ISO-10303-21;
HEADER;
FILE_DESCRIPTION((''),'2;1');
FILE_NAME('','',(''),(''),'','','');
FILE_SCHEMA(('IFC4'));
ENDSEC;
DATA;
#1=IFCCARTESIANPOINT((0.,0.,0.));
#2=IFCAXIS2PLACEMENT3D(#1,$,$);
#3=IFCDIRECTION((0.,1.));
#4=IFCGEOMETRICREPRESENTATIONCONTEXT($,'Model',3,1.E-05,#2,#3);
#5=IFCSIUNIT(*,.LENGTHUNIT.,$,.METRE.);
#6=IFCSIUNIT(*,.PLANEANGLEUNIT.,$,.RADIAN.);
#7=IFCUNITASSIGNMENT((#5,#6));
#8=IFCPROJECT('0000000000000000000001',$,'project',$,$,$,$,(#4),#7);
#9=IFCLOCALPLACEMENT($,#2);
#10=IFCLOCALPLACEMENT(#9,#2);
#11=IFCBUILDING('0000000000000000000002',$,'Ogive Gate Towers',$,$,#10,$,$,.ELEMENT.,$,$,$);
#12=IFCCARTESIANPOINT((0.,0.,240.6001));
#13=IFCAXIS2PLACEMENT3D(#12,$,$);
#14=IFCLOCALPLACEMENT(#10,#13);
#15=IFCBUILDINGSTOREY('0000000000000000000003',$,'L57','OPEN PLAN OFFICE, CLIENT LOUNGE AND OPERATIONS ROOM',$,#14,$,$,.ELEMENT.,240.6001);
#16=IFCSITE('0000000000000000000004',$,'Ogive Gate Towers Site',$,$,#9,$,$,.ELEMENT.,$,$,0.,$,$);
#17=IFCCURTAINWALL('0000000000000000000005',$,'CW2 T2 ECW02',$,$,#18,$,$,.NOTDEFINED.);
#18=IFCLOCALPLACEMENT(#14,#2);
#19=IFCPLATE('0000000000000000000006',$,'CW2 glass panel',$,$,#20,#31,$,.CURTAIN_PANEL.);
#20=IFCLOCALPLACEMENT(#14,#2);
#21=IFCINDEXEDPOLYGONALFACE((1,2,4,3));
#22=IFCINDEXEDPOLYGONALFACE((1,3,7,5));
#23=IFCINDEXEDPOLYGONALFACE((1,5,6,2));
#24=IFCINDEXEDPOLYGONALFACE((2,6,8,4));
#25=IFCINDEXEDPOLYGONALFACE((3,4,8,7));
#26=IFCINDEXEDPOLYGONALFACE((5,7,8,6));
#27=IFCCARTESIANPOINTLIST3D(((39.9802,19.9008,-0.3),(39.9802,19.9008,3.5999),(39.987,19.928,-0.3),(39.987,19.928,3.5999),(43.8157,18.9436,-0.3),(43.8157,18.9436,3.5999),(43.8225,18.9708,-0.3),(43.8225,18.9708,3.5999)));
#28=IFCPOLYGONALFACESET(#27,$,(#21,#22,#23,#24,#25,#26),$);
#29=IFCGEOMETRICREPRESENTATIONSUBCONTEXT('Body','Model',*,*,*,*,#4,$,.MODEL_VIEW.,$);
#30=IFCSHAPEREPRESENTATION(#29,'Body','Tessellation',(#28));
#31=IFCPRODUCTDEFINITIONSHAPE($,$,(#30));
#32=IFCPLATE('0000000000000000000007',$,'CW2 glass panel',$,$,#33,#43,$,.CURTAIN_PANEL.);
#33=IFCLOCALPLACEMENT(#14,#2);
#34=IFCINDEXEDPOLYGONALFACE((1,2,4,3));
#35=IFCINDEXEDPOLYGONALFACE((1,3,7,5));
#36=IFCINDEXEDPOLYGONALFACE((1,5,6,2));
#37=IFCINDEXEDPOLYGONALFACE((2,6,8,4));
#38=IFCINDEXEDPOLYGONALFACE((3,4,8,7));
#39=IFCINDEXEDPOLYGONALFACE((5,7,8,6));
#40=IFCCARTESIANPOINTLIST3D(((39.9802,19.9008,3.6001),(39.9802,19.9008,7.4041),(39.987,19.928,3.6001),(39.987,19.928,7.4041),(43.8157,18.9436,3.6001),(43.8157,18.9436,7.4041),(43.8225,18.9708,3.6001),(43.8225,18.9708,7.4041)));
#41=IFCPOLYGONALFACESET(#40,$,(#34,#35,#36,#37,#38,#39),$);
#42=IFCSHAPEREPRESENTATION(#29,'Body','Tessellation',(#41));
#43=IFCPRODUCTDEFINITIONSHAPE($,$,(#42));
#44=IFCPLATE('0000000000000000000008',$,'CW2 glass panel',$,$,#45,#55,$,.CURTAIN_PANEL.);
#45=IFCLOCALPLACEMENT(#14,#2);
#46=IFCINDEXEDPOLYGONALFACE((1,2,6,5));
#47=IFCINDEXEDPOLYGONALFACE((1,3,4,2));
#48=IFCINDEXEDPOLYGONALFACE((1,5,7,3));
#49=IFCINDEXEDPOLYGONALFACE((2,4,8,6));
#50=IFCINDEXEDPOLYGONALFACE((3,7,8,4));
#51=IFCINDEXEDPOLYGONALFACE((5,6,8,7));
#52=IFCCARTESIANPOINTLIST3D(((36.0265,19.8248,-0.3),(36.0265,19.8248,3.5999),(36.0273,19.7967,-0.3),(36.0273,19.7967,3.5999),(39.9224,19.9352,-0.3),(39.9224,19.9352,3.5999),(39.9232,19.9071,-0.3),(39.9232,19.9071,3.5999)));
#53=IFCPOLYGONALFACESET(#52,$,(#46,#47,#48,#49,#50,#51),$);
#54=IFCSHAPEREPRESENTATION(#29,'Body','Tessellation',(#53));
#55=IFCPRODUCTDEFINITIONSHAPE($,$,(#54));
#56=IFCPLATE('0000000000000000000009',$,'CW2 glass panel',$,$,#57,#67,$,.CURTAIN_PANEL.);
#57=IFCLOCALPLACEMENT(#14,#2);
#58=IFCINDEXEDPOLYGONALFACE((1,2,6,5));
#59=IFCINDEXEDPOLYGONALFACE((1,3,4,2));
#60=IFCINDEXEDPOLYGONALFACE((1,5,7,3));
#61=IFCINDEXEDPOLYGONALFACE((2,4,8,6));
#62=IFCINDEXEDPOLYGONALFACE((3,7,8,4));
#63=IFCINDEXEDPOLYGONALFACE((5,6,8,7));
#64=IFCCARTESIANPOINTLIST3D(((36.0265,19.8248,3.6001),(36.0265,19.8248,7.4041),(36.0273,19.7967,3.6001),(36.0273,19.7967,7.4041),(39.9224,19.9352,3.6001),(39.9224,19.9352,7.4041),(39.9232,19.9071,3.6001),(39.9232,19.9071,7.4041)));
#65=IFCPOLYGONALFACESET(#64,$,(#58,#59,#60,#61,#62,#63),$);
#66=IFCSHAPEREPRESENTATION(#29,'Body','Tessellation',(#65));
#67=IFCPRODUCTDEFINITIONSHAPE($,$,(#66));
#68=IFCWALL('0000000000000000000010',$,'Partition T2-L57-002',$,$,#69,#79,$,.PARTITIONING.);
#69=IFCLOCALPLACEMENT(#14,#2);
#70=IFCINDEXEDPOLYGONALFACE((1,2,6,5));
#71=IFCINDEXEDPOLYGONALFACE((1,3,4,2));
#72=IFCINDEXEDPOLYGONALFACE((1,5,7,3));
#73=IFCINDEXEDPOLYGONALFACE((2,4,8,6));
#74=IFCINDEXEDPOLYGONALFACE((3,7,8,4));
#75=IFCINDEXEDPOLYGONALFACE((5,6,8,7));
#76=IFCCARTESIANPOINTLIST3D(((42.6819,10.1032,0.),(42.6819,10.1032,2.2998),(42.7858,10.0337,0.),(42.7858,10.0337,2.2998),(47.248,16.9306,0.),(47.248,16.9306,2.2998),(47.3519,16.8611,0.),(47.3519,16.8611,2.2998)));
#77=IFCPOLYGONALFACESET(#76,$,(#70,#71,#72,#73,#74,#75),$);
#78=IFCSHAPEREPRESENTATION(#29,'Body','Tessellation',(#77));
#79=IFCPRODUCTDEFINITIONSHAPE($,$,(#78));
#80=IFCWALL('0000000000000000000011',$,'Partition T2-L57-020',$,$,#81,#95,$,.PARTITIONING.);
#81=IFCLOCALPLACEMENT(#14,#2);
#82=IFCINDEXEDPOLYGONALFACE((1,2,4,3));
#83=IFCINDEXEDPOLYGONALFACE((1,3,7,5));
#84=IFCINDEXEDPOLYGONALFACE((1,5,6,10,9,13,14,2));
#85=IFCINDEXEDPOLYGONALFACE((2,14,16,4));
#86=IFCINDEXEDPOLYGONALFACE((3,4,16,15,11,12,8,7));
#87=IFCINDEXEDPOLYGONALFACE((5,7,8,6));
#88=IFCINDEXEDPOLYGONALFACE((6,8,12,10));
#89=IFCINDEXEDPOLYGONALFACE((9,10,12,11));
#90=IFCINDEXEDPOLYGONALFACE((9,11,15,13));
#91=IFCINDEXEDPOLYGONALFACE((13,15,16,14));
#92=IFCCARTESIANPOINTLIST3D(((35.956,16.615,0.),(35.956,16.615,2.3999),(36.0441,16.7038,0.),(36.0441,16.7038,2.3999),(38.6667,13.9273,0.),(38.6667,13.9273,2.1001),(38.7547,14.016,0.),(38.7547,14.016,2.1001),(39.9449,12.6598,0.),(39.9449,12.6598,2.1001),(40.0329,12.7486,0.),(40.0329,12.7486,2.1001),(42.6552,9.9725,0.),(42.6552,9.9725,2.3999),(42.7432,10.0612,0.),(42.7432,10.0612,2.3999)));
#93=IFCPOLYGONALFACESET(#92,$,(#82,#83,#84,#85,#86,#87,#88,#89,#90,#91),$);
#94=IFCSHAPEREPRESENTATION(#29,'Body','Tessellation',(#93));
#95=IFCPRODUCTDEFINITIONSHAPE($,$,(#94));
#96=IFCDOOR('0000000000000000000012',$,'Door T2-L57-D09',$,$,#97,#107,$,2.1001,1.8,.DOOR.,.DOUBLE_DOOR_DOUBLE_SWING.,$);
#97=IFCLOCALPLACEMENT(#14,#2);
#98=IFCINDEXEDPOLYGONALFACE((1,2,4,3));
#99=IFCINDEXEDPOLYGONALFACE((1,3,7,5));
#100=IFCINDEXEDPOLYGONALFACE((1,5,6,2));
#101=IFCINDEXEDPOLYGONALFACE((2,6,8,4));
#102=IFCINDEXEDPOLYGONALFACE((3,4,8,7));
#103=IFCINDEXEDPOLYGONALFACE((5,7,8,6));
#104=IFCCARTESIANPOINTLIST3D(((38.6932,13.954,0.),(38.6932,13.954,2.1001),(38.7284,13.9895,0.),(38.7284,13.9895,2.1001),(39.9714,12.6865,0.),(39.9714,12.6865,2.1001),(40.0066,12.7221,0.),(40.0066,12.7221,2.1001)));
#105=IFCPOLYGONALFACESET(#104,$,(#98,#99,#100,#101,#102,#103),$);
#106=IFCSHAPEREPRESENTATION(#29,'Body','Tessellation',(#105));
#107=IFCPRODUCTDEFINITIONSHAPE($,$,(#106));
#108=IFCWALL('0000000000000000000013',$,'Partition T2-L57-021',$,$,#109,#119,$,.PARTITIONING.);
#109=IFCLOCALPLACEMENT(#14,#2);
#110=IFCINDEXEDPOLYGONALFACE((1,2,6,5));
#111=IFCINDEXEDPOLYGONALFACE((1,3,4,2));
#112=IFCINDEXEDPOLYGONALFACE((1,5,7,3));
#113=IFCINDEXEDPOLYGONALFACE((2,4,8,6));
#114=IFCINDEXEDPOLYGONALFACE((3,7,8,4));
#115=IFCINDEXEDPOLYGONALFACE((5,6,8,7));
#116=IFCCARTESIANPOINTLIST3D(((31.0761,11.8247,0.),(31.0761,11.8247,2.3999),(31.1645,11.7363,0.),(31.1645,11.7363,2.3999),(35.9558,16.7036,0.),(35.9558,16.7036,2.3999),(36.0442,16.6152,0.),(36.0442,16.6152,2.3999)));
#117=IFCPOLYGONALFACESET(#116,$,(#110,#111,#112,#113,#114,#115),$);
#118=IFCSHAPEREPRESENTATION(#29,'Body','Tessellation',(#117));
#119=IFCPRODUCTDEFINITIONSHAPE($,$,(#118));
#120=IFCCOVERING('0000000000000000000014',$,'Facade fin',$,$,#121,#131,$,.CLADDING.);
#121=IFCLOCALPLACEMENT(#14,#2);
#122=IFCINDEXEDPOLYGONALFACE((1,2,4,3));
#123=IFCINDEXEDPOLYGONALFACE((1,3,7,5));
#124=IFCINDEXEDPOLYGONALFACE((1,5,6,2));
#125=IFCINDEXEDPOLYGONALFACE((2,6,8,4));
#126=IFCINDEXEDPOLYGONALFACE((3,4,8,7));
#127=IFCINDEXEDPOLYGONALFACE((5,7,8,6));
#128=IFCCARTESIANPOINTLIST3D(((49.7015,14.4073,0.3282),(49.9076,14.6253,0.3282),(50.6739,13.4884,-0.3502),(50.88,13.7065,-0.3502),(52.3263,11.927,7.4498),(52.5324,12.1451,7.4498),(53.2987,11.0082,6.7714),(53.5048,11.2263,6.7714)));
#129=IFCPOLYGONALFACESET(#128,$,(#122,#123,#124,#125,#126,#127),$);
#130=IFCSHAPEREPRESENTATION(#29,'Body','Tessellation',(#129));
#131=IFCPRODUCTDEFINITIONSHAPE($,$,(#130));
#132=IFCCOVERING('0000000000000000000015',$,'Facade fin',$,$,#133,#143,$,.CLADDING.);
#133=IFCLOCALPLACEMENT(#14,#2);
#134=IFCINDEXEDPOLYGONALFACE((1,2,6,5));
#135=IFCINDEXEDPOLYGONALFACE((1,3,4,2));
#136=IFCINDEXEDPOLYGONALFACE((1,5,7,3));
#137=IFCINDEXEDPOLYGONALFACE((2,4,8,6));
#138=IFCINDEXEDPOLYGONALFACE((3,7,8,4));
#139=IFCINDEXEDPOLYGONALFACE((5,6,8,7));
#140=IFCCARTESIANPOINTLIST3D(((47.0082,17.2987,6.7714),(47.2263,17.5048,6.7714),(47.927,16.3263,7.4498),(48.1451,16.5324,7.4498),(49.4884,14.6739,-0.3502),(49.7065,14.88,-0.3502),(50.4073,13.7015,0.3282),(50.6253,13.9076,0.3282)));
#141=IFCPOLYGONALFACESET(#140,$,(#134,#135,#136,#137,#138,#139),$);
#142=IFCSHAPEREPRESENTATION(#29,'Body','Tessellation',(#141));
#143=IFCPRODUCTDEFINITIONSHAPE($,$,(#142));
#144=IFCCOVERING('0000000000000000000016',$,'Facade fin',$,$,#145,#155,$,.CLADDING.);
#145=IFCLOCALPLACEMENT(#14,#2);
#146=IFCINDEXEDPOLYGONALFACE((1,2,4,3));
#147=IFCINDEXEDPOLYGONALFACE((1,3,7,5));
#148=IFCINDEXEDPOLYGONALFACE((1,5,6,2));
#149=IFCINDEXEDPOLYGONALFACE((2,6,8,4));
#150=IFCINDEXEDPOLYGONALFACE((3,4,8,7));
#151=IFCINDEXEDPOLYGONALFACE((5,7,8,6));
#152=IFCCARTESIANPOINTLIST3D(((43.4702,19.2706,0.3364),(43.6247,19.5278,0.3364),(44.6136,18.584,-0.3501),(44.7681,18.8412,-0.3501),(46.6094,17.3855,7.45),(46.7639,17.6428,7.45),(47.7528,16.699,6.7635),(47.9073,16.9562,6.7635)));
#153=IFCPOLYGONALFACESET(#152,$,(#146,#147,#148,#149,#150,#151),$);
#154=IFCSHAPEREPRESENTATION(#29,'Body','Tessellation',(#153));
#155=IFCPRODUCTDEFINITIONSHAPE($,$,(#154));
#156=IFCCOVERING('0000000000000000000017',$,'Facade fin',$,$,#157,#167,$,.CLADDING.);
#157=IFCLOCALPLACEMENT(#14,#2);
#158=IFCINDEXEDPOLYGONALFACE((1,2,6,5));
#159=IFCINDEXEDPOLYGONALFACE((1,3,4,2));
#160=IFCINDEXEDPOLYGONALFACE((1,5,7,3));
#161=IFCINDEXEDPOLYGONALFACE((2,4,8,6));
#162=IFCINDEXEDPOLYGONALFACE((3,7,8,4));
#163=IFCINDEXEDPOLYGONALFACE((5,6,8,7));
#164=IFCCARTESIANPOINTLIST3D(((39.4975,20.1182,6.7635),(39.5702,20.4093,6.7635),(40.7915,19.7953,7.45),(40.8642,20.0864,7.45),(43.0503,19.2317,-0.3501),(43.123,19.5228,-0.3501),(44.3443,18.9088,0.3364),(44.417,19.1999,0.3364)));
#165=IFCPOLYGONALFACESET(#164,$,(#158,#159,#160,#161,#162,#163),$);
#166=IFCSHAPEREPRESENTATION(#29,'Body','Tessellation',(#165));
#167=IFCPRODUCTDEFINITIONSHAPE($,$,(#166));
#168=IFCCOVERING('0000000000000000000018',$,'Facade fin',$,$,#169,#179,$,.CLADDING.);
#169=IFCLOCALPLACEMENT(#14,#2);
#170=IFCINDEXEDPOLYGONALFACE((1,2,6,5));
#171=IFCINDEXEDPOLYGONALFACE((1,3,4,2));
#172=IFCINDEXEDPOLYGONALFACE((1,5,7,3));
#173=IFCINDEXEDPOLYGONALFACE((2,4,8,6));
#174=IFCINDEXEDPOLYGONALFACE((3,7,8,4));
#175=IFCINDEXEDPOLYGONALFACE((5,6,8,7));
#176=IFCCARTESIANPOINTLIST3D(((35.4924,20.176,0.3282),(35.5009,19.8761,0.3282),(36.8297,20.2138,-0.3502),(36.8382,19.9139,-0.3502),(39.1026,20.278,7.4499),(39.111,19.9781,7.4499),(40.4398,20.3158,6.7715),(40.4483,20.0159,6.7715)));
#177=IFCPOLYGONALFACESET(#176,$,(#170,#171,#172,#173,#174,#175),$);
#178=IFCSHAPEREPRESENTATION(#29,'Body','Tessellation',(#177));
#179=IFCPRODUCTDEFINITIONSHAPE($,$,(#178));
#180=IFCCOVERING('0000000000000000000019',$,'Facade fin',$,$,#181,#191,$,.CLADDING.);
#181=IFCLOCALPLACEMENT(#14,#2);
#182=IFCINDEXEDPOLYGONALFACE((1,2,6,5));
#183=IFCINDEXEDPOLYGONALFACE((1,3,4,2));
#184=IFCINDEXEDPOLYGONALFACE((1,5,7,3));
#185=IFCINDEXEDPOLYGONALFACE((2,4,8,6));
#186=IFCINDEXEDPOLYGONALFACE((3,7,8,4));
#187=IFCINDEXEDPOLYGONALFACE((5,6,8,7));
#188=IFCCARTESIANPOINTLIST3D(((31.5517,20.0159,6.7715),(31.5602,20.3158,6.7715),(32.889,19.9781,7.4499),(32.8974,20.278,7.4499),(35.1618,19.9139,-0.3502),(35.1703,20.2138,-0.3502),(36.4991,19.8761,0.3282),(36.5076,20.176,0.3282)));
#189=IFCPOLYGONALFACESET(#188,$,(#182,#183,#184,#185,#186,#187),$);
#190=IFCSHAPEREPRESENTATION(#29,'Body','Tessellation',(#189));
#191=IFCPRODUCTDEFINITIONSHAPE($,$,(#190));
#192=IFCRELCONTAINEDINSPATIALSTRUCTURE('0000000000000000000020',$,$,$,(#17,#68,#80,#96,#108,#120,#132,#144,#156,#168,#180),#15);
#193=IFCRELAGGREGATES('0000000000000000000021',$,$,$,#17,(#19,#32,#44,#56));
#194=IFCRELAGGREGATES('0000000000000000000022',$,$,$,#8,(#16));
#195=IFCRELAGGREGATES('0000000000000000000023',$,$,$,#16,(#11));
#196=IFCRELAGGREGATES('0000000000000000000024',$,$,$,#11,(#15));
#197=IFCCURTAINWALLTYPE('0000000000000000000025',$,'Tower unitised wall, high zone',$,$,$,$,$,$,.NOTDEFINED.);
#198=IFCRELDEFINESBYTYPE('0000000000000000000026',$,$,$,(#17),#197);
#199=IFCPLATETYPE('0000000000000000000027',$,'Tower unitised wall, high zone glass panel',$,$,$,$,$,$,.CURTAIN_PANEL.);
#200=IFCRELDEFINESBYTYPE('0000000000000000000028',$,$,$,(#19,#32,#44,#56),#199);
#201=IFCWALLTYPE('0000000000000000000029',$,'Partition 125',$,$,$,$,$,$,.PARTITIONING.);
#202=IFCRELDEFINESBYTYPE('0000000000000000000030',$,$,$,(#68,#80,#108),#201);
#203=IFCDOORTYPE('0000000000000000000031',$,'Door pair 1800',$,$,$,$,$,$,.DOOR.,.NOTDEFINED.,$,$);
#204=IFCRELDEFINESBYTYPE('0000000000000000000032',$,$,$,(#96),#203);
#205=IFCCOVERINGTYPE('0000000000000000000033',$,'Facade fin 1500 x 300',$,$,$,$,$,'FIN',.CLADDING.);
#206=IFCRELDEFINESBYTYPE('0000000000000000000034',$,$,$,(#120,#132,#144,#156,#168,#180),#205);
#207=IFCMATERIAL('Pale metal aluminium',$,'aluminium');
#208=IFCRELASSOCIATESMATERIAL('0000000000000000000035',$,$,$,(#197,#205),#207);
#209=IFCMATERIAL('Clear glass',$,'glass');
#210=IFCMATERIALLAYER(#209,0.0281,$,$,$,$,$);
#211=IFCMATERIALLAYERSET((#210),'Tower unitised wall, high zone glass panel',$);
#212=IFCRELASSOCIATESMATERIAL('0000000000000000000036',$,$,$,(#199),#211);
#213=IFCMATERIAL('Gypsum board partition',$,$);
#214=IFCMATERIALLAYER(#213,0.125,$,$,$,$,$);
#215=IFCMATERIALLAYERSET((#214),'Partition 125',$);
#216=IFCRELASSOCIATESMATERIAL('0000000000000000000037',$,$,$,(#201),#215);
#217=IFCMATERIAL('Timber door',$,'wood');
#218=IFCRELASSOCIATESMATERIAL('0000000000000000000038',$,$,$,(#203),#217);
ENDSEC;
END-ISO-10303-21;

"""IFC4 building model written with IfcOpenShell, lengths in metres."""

from ifc_helpers import new_model, si_unit, direction, frame, frame_2d, origin, origin_2d, place, context, subcontext, project, spatial, rectangle, extrude, material, layer, layer_set, material_profile, profile_set, type_object, element, fill, aggregate, save


model = new_model("IFC4")

# Units and contexts
model_context = context("Model", 3, precision=1e-05, world=origin(), true_north=direction((0.0, 1.0)))
body_context = subcontext(model_context, "Body", "Model", "MODEL_VIEW")
ifc_project = project(units=[si_unit("LENGTHUNIT", "METRE"), si_unit("PLANEANGLEUNIT", "RADIAN")], contexts=[model_context])

# Site, building, storey
site_placement = place(None, origin())
site = spatial("IfcSite", under=ifc_project, at=site_placement, Name="Ogive Gate Towers Site", CompositionType="ELEMENT", RefElevation=0.0)
building_placement = place(site_placement, origin())
building = spatial("IfcBuilding", under=site, at=building_placement, Name="Ogive Gate Towers", CompositionType="ELEMENT")
storey_placement = place(building_placement, frame((0.0, 0.0, 240.6001)))
storey = spatial("IfcBuildingStorey", under=building, at=storey_placement, Name="L57", Description="OPEN PLAN OFFICE, CLIENT LOUNGE AND OPERATIONS ROOM", CompositionType="ELEMENT", Elevation=240.6001)

# Curtain wall
ifc_material_1 = material(Name="Pale metal aluminium", Category="aluminium")
curtain_wall_type = type_object("IfcCurtainWallType", Name="Tower unitised wall, high zone", PredefinedType="NOTDEFINED", material=ifc_material_1)
curtain_wall_1_placement = place(storey_placement, origin())
curtain_wall_1 = element("IfcCurtainWall", 1, at=curtain_wall_1_placement, inside=storey, type_object=curtain_wall_type, Name="CW2 T2 ECW02", PredefinedType="NOTDEFINED")

# Plates
ifc_material_2 = material(Name="Clear glass", Category="glass")
ifc_layer_1 = layer(ifc_material_2, 0.0281)
ifc_layer_set_1 = layer_set([ifc_layer_1], Name="Tower unitised wall, high zone glass panel")
plate_type = type_object("IfcPlateType", Name="Tower unitised wall, high zone glass panel", PredefinedType="CURTAIN_PANEL", material=ifc_layer_set_1)
plate_1_placement = place(storey_placement, frame((41.9014, 19.4358, -0.3), z_axis=(0.0, 0.0, 1.0), x_axis=(-0.970241, 0.242142, 0.0)))
plate_1 = element("IfcPlate", 2, at=plate_1_placement, type_object=plate_type, Name="CW2 glass panel", PredefinedType="CURTAIN_PANEL", context=body_context, shape_type="SweptSolid", body=[
    extrude(rectangle(XDim=3.9531, YDim=0.0281, at=origin_2d()), origin(), (0.0, 0.0, 1.0), 3.8999),
])
plate_2_placement = place(storey_placement, frame((41.9014, 19.4358, 3.6001), z_axis=(0.0, 0.0, 1.0), x_axis=(-0.970241, 0.242142, 0.0)))
plate_2 = element("IfcPlate", 3, at=plate_2_placement, type_object=plate_type, Name="CW2 glass panel", PredefinedType="CURTAIN_PANEL", context=body_context, shape_type="SweptSolid", body=[
    extrude(rectangle(XDim=3.9531, YDim=0.0281, at=origin_2d()), origin(), (0.0, 0.0, 1.0), 3.804),
])
plate_3_placement = place(storey_placement, frame((37.9749, 19.866, -0.3), z_axis=(0.0, 0.0, 1.0), x_axis=(-0.999599, -0.028323, 0.0)))
plate_3 = element("IfcPlate", 4, at=plate_3_placement, type_object=plate_type, Name="CW2 glass panel", PredefinedType="CURTAIN_PANEL", context=body_context, shape_type="SweptSolid", body=[
    extrude(rectangle(XDim=3.8975, YDim=0.0281, at=origin_2d()), origin(), (0.0, 0.0, 1.0), 3.8999),
])
plate_4_placement = place(storey_placement, frame((37.9749, 19.866, 3.6001), z_axis=(0.0, 0.0, 1.0), x_axis=(-0.999599, -0.028323, 0.0)))
plate_4 = element("IfcPlate", 5, at=plate_4_placement, type_object=plate_type, Name="CW2 glass panel", PredefinedType="CURTAIN_PANEL", context=body_context, shape_type="SweptSolid", body=[
    extrude(rectangle(XDim=3.8975, YDim=0.0281, at=origin_2d()), origin(), (0.0, 0.0, 1.0), 3.804),
])
aggregate(curtain_wall_1, [plate_1, plate_2, plate_3, plate_4])

# Wall
ifc_material_3 = material(Name="Gypsum board partition")
ifc_layer_2 = layer(ifc_material_3, 0.125)
ifc_layer_set_2 = layer_set([ifc_layer_2], Name="Partition 125")
wall_type = type_object("IfcWallType", Name="Partition 125", PredefinedType="PARTITIONING", material=ifc_layer_set_2)
wall_1_placement = place(storey_placement, frame((47.3, 16.896, 0.0), z_axis=(0.0, 0.0, 1.0), x_axis=(-0.555927, -0.831231, 0.0)))
element("IfcWall", 6, at=wall_1_placement, inside=storey, type_object=wall_type, Name="Partition T2-L57-002", PredefinedType="PARTITIONING", context=body_context, shape_type="SweptSolid", body=[
    extrude(rectangle(XDim=8.2136, YDim=0.125, at=frame_2d((4.1069, 0.0))), origin(), (0.0, 0.0, 1.0), 2.2998),
])

# Wall, opening, door
wall_2_placement = place(storey_placement, frame((42.6992, 10.0168, 0.0), z_axis=(0.0, 0.0, 1.0), x_axis=(-0.710102, 0.704099, 0.0)))
wall_2 = element("IfcWall", 7, at=wall_2_placement, inside=storey, type_object=wall_type, Name="Partition T2-L57-020", PredefinedType="PARTITIONING", context=body_context, shape_type="SweptSolid", body=[
    extrude(rectangle(XDim=9.4341, YDim=0.125, at=frame_2d((4.717, 0.0))), origin(), (0.0, 0.0, 1.0), 2.3999),
])
opening_placement = place(wall_2_placement, frame((3.8169, 0.0, 0.0)))
opening = element("IfcOpeningElement", 8, at=opening_placement, cuts=wall_2, PredefinedType="OPENING", context=body_context, shape_type="SweptSolid", body=[
    extrude(rectangle(XDim=1.8, YDim=2.1001, at=frame_2d((0.8999, 1.05))), frame((0.0, 0.0725, 0.0), z_axis=(0.0, -1.0, 0.0), x_axis=(1.0, 0.0, 0.0)), (0.0, 0.0, 1.0), 0.145),
])
ifc_material_4 = material(Name="Timber door", Category="wood")
door_type = type_object("IfcDoorType", Name="Door pair 1800", OperationType="NOTDEFINED", PredefinedType="DOOR", material=ifc_material_4)
door_placement = place(opening_placement, origin())
door = element("IfcDoor", 9, at=door_placement, inside=storey, type_object=door_type, Name="Door T2-L57-D09", OperationType="DOUBLE_DOOR_DOUBLE_SWING", OverallHeight=2.1001, OverallWidth=1.8, PredefinedType="DOOR", context=body_context, shape_type="SweptSolid", body=[
    extrude(rectangle(XDim=1.8, YDim=2.1001, at=frame_2d((0.8999, 1.05))), frame((0.0, 0.0249, 0.0), z_axis=(0.0, -1.0, 0.0), x_axis=(1.0, 0.0, 0.0)), (0.0, 0.0, 1.0), 0.05),
])
fill(opening, door)

# Wall
wall_3_placement = place(storey_placement, frame((36.0, 16.6594, 0.0), z_axis=(0.0, 0.0, 1.0), x_axis=(-0.70716, -0.707054, 0.0)))
element("IfcWall", 10, at=wall_3_placement, inside=storey, type_object=wall_type, Name="Partition T2-L57-021", PredefinedType="PARTITIONING", context=body_context, shape_type="SweptSolid", body=[
    extrude(rectangle(XDim=6.9004, YDim=0.125, at=frame_2d((3.4502, 0.0))), origin(), (0.0, 0.0, 1.0), 2.3999),
])

# Coverings
ifc_material_profile_1 = material_profile(ifc_material_1, rectangle(XDim=0.3, YDim=1.5, at=origin_2d()), Name="1500 x 300 pale metal aluminium")
ifc_profile_set_1 = profile_set([ifc_material_profile_1], Name="Pale metal aluminium")
covering_type = type_object("IfcCoveringType", Name="Facade fin 1500 x 300", ElementType="FIN", PredefinedType="CLADDING", material=ifc_profile_set_1)
for number, where, z_axis, x_axis, name in (
    (11, (50.2908, 14.0569, -0.011), (0.328717, -0.310616, 0.891887), (0.686812, 0.726835, 0.0), "Facade fin"),
    (12, (50.0569, 14.2908, -0.011), (-0.310616, 0.328717, 0.891887), (-0.726835, -0.686812, 0.0), "Facade fin"),
):
    element("IfcCovering", number, at=place(storey_placement, frame(where, z_axis=z_axis, x_axis=x_axis)), inside=storey, type_object=covering_type, Name=name, PredefinedType="CLADDING", context=body_context, shape_type="SweptSolid", body=[
        extrude(rectangle(XDim=0.3, YDim=1.5, at=origin_2d()), origin(), (0.0, 0.0, 1.0), 7.9849),
    ])
for number, where, z_axis, x_axis, name in (
    (13, (44.1191, 19.0559, -0.0068), (0.392365, -0.235608, 0.889122), (0.5148, 0.85731, 0.0), "Facade fin"),
    (14, (43.7336, 19.2158, -0.0068), (-0.444057, 0.110801, 0.889121), (-0.242096, -0.970252, 0.0), "Facade fin"),
):
    element("IfcCovering", number, at=place(storey_placement, frame(where, z_axis=z_axis, x_axis=x_axis)), inside=storey, type_object=covering_type, Name=name, PredefinedType="CLADDING", context=body_context, shape_type="SweptSolid", body=[
        extrude(rectangle(XDim=0.3, YDim=1.5, at=origin_2d()), origin(), (0.0, 0.0, 1.0), 8.0007),
    ])
for number, where, z_axis, x_axis, name in (
    (15, (36.1653, 20.0449, -0.011), (0.452111, 0.01278, 0.89187), (-0.028257, 0.999601, 0.0), "Facade fin"),
    (16, (35.8347, 20.0449, -0.011), (-0.452111, 0.01278, 0.89187), (-0.028257, -0.999601, 0.0), "Facade fin"),
):
    element("IfcCovering", number, at=place(storey_placement, frame(where, z_axis=z_axis, x_axis=x_axis)), inside=storey, type_object=covering_type, Name=name, PredefinedType="CLADDING", context=body_context, shape_type="SweptSolid", body=[
        extrude(rectangle(XDim=0.3, YDim=1.5, at=origin_2d()), origin(), (0.0, 0.0, 1.0), 7.9851),
    ])

save(model, "model.ifc")
